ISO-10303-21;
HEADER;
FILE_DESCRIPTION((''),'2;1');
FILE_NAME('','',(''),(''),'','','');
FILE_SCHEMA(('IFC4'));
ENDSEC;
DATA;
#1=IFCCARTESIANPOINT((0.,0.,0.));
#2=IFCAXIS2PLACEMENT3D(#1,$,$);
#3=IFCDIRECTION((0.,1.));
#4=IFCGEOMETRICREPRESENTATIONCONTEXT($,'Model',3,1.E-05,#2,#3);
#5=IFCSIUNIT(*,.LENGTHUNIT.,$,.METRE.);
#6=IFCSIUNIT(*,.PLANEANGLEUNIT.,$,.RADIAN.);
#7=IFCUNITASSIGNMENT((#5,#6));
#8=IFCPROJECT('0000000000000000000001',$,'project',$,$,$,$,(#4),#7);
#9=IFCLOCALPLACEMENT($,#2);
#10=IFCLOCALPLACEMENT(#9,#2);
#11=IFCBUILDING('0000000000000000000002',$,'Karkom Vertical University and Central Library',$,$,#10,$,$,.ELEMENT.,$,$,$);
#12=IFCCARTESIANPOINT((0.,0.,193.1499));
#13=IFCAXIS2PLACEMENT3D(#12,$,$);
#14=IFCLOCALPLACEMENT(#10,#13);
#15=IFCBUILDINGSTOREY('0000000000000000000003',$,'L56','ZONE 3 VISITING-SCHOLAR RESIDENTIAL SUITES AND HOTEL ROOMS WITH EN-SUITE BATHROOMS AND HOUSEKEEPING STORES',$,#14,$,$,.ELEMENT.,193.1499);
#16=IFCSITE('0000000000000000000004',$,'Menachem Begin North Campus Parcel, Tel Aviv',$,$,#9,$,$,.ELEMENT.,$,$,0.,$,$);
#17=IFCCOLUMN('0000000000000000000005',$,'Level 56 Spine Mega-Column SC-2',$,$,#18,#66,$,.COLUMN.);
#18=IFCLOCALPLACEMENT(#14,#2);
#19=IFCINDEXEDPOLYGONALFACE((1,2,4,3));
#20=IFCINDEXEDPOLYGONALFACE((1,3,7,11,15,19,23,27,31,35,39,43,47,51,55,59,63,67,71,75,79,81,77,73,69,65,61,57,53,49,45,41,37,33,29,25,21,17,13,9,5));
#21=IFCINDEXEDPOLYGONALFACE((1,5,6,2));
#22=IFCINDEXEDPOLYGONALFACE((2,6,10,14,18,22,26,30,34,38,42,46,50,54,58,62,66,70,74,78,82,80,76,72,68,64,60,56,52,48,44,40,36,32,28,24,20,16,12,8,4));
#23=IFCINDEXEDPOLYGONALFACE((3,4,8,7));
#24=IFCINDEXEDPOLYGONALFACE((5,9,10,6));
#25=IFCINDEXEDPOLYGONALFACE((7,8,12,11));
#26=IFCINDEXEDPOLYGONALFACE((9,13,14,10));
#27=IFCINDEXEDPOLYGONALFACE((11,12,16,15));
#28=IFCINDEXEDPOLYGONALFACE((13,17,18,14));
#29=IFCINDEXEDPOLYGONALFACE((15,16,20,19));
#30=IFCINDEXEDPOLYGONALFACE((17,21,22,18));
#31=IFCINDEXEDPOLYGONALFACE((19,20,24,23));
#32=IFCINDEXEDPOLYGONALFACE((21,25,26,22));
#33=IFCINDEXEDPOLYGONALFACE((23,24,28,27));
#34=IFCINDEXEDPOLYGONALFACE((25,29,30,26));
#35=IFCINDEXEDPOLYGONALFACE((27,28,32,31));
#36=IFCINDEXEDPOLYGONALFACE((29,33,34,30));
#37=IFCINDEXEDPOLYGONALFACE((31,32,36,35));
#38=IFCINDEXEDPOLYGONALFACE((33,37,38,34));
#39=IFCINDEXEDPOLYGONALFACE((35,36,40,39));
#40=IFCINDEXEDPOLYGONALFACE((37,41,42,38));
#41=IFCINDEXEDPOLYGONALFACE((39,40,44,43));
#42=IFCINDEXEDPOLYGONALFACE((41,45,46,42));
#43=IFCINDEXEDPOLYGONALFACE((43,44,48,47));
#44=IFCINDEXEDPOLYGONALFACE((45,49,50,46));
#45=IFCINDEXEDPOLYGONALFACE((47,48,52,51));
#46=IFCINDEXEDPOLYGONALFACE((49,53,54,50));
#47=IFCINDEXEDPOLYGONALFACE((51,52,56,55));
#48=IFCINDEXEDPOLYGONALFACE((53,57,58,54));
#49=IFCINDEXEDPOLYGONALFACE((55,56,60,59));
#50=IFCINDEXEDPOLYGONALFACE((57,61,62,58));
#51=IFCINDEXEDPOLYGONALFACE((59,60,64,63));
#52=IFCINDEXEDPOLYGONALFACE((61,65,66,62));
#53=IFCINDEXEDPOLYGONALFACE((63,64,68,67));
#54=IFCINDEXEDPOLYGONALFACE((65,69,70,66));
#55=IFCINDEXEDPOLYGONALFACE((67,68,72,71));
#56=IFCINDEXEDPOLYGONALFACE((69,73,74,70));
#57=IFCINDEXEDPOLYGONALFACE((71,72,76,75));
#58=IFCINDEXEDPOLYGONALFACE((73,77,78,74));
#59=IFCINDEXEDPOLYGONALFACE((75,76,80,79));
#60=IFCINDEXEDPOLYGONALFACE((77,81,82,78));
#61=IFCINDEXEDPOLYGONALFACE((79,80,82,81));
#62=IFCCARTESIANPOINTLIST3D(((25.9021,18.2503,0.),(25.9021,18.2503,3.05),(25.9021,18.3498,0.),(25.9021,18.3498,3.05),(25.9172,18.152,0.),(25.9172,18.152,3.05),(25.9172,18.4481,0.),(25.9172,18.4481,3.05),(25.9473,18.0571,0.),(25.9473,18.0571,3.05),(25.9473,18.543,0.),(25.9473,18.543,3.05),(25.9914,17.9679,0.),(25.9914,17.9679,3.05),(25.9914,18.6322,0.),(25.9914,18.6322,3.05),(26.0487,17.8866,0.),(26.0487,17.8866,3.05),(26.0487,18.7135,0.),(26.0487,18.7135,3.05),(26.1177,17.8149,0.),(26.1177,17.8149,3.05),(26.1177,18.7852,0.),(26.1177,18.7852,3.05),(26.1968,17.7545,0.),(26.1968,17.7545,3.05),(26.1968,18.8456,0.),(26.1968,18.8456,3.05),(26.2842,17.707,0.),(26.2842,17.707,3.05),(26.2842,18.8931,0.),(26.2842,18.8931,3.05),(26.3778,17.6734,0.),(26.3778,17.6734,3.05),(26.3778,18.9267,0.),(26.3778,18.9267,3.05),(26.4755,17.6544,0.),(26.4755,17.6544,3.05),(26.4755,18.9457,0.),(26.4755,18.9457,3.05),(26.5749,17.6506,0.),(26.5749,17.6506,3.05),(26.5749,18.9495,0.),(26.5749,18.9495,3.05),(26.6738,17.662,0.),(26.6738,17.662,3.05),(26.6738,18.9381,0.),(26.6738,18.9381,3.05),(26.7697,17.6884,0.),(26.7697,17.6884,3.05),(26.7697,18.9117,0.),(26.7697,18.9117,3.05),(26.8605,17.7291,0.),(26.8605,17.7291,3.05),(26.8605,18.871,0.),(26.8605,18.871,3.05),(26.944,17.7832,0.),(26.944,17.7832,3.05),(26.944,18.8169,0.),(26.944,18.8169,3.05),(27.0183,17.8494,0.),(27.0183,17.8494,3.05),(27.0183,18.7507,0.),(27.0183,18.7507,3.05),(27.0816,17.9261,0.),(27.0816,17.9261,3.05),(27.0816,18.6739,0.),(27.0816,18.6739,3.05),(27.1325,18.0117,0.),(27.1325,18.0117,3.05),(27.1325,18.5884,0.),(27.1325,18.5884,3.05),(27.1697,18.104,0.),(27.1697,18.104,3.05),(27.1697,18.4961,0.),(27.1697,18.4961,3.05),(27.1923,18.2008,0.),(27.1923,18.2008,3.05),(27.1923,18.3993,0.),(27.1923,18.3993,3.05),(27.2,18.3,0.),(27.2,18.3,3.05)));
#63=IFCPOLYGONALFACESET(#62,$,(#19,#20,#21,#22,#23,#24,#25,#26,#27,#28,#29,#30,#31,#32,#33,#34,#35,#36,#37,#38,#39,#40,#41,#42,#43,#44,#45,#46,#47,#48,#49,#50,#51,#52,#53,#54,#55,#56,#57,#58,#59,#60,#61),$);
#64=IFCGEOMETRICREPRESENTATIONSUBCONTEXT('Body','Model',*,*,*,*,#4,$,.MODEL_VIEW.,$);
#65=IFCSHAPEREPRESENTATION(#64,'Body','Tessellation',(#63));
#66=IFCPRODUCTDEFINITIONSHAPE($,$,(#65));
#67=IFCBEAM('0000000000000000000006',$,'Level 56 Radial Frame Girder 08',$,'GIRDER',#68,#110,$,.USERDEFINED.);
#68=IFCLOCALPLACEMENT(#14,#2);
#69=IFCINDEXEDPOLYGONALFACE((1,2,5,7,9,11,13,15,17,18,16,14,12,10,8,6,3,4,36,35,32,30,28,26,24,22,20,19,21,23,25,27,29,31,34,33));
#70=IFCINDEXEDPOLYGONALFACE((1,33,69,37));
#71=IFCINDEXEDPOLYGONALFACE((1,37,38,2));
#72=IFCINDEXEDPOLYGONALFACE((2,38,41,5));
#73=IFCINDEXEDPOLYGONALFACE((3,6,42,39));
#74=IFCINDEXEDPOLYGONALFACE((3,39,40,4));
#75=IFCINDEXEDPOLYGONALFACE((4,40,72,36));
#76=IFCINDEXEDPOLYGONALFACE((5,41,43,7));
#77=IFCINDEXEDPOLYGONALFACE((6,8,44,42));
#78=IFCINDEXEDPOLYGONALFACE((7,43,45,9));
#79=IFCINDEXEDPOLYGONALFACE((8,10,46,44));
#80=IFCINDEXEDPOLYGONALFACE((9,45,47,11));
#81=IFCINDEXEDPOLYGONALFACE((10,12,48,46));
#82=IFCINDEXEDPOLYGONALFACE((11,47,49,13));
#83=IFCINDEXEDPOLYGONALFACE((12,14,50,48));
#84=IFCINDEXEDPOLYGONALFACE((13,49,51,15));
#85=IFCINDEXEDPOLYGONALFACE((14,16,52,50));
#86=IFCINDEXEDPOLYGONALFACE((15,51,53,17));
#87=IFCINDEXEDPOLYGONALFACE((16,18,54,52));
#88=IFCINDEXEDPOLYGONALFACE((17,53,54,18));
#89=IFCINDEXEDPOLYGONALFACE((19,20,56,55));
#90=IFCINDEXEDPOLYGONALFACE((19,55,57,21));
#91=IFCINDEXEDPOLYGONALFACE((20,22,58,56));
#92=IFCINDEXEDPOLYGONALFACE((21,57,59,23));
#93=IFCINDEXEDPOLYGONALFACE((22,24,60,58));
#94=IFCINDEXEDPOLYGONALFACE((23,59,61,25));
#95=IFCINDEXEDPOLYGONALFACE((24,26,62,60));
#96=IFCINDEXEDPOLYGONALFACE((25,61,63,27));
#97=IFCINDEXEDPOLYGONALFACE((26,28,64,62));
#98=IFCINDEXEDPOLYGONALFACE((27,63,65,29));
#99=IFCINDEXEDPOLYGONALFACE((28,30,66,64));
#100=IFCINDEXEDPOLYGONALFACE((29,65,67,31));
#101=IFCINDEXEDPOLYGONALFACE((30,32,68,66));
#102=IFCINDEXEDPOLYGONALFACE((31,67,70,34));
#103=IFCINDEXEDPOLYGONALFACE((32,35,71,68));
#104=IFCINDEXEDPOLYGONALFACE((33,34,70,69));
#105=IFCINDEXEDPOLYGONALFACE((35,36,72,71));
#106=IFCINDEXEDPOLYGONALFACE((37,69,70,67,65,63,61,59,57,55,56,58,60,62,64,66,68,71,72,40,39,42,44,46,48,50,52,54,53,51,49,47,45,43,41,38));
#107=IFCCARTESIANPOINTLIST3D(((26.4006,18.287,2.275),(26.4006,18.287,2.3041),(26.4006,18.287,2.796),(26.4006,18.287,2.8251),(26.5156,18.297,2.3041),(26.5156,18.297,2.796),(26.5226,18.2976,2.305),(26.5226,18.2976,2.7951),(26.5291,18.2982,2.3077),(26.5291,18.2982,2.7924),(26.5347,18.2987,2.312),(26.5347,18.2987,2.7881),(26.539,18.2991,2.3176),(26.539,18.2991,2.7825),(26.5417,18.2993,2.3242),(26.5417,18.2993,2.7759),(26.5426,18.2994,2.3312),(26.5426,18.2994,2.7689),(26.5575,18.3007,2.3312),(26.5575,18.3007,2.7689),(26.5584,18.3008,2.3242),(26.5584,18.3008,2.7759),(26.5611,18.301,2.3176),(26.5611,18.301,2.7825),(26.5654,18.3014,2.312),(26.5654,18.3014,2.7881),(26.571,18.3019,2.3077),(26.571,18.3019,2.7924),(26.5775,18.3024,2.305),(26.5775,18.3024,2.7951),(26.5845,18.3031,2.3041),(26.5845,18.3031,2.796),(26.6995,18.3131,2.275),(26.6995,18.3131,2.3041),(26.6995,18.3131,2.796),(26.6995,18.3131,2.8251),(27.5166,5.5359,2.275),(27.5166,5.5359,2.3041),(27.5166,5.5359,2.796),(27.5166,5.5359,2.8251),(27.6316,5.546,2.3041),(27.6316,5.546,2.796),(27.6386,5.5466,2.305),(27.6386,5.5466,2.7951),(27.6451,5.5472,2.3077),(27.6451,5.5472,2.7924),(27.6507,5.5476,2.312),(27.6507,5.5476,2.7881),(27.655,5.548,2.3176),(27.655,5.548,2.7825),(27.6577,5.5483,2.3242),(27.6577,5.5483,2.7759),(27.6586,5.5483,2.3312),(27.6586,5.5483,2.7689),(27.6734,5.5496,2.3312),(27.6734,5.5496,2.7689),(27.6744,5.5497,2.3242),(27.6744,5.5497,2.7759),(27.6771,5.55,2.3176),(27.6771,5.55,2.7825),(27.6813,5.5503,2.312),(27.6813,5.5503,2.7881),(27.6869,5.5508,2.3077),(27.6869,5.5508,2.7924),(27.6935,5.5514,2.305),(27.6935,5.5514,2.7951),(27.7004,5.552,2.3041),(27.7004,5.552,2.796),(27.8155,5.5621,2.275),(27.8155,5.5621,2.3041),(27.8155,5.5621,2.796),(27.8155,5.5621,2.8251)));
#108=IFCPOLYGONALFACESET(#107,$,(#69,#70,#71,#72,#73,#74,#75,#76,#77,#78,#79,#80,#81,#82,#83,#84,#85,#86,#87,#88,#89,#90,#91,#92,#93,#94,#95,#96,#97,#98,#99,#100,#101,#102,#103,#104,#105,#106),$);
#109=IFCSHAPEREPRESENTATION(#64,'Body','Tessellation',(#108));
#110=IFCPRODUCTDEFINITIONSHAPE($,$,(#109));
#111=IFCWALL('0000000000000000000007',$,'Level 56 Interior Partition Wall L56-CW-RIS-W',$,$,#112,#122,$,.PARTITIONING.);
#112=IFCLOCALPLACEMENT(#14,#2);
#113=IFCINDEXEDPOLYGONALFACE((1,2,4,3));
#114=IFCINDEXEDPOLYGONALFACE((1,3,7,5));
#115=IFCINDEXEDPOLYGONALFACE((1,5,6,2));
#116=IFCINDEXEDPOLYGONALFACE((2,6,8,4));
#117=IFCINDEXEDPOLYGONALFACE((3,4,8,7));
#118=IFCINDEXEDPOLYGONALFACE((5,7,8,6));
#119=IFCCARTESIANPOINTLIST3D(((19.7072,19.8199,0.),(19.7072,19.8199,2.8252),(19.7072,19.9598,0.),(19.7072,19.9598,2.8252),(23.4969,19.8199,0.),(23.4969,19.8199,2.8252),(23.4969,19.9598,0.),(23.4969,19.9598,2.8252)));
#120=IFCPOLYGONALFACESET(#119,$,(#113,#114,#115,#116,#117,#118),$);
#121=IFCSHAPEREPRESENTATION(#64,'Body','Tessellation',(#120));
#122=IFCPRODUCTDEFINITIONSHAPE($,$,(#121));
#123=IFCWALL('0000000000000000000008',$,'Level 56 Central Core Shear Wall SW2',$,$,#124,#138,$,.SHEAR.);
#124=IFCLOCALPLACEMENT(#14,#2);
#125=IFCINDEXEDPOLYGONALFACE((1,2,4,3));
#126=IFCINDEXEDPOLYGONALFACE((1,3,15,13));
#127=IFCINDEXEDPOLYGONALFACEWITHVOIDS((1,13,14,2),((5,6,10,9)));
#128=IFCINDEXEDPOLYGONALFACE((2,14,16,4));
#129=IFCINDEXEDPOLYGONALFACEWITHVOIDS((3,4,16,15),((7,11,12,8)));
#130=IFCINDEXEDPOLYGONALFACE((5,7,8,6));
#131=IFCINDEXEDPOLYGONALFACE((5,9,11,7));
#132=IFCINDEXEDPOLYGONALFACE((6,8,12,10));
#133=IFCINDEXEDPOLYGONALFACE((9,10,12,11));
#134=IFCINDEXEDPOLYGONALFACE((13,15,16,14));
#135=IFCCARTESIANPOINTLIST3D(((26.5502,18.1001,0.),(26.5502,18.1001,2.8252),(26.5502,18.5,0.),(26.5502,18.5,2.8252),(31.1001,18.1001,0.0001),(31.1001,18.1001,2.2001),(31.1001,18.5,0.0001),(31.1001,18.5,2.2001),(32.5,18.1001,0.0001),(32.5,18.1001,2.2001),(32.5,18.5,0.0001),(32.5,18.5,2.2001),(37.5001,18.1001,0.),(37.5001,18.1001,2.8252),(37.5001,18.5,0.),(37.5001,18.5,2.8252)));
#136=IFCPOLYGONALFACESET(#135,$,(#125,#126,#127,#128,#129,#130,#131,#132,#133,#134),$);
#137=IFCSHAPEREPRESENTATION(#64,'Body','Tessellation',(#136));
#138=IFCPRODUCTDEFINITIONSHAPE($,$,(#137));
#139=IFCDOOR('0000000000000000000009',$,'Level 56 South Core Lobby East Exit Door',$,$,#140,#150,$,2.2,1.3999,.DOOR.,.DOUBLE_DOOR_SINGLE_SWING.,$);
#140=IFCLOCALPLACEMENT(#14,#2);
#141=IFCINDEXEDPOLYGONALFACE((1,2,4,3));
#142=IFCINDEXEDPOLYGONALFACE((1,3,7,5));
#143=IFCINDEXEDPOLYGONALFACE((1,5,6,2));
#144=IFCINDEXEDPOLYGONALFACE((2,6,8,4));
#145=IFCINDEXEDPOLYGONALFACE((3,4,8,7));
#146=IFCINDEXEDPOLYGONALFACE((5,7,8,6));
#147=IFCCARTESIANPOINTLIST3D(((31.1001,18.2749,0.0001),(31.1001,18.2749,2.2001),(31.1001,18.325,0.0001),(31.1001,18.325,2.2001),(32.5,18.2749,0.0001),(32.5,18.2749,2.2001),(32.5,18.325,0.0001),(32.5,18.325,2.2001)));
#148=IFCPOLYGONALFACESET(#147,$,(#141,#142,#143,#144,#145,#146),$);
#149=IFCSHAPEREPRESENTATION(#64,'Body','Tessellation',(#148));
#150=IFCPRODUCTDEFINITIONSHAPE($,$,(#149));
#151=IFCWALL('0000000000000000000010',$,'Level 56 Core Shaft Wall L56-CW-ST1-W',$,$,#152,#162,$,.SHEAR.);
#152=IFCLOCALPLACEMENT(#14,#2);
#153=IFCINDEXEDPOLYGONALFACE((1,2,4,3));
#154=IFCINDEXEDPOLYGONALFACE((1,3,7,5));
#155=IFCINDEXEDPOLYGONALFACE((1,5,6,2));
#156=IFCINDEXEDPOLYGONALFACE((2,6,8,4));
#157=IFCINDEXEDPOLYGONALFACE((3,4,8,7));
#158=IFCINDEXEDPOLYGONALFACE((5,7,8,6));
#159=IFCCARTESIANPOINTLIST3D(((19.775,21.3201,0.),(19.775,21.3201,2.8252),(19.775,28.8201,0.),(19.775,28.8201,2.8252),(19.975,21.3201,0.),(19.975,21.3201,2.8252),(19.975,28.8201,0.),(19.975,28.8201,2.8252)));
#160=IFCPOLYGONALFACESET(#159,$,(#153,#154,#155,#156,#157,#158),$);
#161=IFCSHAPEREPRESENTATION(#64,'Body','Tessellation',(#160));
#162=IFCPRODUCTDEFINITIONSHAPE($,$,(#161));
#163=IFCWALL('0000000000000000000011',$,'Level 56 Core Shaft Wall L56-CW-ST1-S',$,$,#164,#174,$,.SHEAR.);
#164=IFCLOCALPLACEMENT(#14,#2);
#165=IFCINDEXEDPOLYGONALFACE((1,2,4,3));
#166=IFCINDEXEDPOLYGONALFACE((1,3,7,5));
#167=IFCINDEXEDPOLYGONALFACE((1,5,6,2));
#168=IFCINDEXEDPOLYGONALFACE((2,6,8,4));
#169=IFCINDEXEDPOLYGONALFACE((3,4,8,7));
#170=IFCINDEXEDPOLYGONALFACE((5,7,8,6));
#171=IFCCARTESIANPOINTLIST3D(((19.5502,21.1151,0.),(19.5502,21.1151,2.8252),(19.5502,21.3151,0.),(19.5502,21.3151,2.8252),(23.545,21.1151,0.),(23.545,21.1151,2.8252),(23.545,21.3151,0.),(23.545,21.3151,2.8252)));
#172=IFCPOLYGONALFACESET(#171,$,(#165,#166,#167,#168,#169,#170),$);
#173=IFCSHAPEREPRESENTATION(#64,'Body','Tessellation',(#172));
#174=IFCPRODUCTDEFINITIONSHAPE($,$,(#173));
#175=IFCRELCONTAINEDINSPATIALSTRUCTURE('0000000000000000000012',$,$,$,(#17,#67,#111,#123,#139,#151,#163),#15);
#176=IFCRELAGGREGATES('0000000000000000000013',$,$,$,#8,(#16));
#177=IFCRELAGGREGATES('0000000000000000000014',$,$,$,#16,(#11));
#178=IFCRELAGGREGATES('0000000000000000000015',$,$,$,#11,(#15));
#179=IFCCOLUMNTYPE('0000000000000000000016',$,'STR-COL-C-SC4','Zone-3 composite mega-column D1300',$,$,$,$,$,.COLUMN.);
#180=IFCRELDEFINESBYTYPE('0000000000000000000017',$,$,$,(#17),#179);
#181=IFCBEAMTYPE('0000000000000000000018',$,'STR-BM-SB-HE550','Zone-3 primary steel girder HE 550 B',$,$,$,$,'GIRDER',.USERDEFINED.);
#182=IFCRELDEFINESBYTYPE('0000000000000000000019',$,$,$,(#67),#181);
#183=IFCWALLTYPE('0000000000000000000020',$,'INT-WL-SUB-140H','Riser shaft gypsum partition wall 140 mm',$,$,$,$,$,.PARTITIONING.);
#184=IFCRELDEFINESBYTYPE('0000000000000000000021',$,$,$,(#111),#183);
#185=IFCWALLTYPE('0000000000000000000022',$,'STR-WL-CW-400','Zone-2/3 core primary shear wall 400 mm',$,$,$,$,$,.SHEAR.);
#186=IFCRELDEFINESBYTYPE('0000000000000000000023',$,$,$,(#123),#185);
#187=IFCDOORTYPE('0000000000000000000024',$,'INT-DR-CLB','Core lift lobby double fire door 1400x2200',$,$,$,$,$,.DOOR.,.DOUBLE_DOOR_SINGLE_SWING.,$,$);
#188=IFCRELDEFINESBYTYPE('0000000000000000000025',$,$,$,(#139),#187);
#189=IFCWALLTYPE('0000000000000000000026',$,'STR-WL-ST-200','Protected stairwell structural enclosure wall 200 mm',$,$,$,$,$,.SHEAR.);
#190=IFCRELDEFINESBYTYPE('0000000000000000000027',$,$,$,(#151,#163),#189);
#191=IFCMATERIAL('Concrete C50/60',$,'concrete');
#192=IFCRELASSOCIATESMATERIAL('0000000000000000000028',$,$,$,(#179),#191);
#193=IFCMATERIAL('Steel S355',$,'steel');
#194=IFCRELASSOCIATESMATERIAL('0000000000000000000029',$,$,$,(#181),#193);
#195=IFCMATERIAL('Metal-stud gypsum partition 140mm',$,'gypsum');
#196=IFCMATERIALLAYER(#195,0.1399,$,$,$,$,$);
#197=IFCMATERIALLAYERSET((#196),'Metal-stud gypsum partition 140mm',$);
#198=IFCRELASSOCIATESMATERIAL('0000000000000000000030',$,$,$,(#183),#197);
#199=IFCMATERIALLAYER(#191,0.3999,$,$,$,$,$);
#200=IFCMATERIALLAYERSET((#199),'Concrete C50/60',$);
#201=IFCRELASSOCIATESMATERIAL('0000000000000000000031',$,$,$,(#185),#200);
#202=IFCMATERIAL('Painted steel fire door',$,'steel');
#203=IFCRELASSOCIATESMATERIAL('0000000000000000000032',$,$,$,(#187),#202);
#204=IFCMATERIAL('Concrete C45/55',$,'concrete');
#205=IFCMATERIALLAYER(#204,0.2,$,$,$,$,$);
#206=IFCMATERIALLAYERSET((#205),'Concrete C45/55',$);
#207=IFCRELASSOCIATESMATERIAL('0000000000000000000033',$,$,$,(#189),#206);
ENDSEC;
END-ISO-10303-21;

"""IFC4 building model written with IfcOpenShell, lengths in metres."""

from ifc_helpers import new_model, si_unit, direction, frame, frame_2d, origin, origin_with_axes, origin_2d, place, context, subcontext, project, spatial, rectangle, circle, i_section, extrude, source, transform, mapped, material, layer, layer_set, material_profile, profile_set, type_object, element, fill, save


model = new_model("IFC4")

# Units and contexts
model_context = context("Model", 3, precision=1e-05, world=origin(), true_north=direction((0.0, 1.0)))
body_context = subcontext(model_context, "Body", "Model", "MODEL_VIEW")
ifc_project = project(units=[si_unit("LENGTHUNIT", "METRE"), si_unit("PLANEANGLEUNIT", "RADIAN")], contexts=[model_context])

# Site, building, storey
site_placement = place(None, origin())
site = spatial("IfcSite", under=ifc_project, at=site_placement, Name="Menachem Begin North Campus Parcel, Tel Aviv", CompositionType="ELEMENT", RefElevation=0.0)
building_placement = place(site_placement, origin())
building = spatial("IfcBuilding", under=site, at=building_placement, Name="Karkom Vertical University and Central Library", CompositionType="ELEMENT")
storey_placement = place(building_placement, frame((0.0, 0.0, 193.1499)))
storey = spatial("IfcBuildingStorey", under=building, at=storey_placement, Name="L56", Description="ZONE 3 VISITING-SCHOLAR RESIDENTIAL SUITES AND HOTEL ROOMS WITH EN-SUITE BATHROOMS AND HOUSEKEEPING STORES", CompositionType="ELEMENT", Elevation=193.1499)

# Column
ifc_material_1 = material(Name="Concrete C50/60", Category="concrete")
ifc_material_profile_1 = material_profile(ifc_material_1, circle(Radius=0.6499, at=origin_2d()), Name="CFT-D1300")
ifc_profile_set_1 = profile_set([ifc_material_profile_1], Name="Concrete C50/60")
column_type = type_object("IfcColumnType", Name="STR-COL-C-SC4", Description="Zone-3 composite mega-column D1300", PredefinedType="COLUMN", material=ifc_profile_set_1)
shared_shape_1 = source(origin_with_axes(), body_context, "Body", "SweptSolid", [
    extrude(circle(Radius=0.6499, at=origin_2d()), origin(), (0.0, 0.0, 1.0), 3.05),
])
column_placement = place(storey_placement, frame((26.55, 18.3, 0.0), z_axis=(0.0, 0.0, 1.0), x_axis=(1.0, 0.0, 0.0)))
element("IfcColumn", 1, at=column_placement, inside=storey, type_object=column_type, Name="Level 56 Spine Mega-Column SC-2", PredefinedType="COLUMN", context=body_context, shape_type="MappedRepresentation", body=[
    mapped(shared_shape_1, transform((0.0, 0.0, 0.0), scale=1.0)),
])

# Beam
ifc_material_2 = material(Name="Steel S355", Category="steel")
ifc_material_profile_2 = material_profile(ifc_material_2, i_section(OverallWidth=0.3, OverallDepth=0.55, WebThickness=0.0149, FlangeThickness=0.0291, FilletRadius=0.0271, at=origin_2d()), Name="HE 550 B")
ifc_profile_set_2 = profile_set([ifc_material_profile_2], Name="Steel S355")
beam_type = type_object("IfcBeamType", Name="STR-BM-SB-HE550", Description="Zone-3 primary steel girder HE 550 B", ElementType="GIRDER", PredefinedType="USERDEFINED", material=ifc_profile_set_2)
shared_shape_2 = source(origin_with_axes(), body_context, "Body", "SweptSolid", [
    extrude(i_section(OverallWidth=0.3, OverallDepth=0.55, WebThickness=0.0149, FlangeThickness=0.0291, FilletRadius=0.0271, at=origin_2d()), origin(), (0.0, 0.0, 1.0), 12.7998),
])
beam_placement = place(storey_placement, frame((26.55, 18.3, 2.55), z_axis=(0.087187, -0.996192, 0.0), x_axis=(0.996192, 0.087187, 0.0)))
element("IfcBeam", 2, at=beam_placement, inside=storey, type_object=beam_type, Name="Level 56 Radial Frame Girder 08", ObjectType="GIRDER", PredefinedType="USERDEFINED", context=body_context, shape_type="MappedRepresentation", body=[
    mapped(shared_shape_2, transform((0.0, 0.0, 0.0), scale=1.0)),
])

# Wall
ifc_material_3 = material(Name="Metal-stud gypsum partition 140mm", Category="gypsum")
ifc_layer_1 = layer(ifc_material_3, 0.1399)
ifc_layer_set_1 = layer_set([ifc_layer_1], Name="Metal-stud gypsum partition 140mm")
wall_type_1 = type_object("IfcWallType", Name="INT-WL-SUB-140H", Description="Riser shaft gypsum partition wall 140 mm", PredefinedType="PARTITIONING", material=ifc_layer_set_1)
wall_1_placement = place(storey_placement, frame((19.707, 19.8899, 0.0), z_axis=(0.0, 0.0, 1.0), x_axis=(1.0, 0.0, 0.0)))
element("IfcWall", 3, at=wall_1_placement, inside=storey, type_object=wall_type_1, Name="Level 56 Interior Partition Wall L56-CW-RIS-W", PredefinedType="PARTITIONING", context=body_context, shape_type="SweptSolid", body=[
    extrude(rectangle(XDim=3.7898, YDim=0.1399, at=frame_2d((1.895, 0.0))), origin(), (0.0, 0.0, 1.0), 2.8252),
])

# Wall, opening, door
ifc_layer_2 = layer(ifc_material_1, 0.3999)
ifc_layer_set_2 = layer_set([ifc_layer_2], Name="Concrete C50/60")
wall_type_2 = type_object("IfcWallType", Name="STR-WL-CW-400", Description="Zone-2/3 core primary shear wall 400 mm", PredefinedType="SHEAR", material=ifc_layer_set_2)
wall_2_placement = place(storey_placement, frame((26.55, 18.3, 0.0), z_axis=(0.0, 0.0, 1.0), x_axis=(1.0, 0.0, 0.0)))
wall_2 = element("IfcWall", 4, at=wall_2_placement, inside=storey, type_object=wall_type_2, Name="Level 56 Central Core Shear Wall SW2", PredefinedType="SHEAR", context=body_context, shape_type="SweptSolid", body=[
    extrude(rectangle(XDim=10.95, YDim=0.3999, at=frame_2d((5.4751, 0.0))), origin(), (0.0, 0.0, 1.0), 2.8252),
])
opening_1_placement = place(wall_2_placement, frame((4.55, 0.0, 0.0)))
opening_1 = element("IfcOpeningElement", 5, at=opening_1_placement, cuts=wall_2, PredefinedType="OPENING", context=body_context, shape_type="SweptSolid", body=[
    extrude(rectangle(XDim=1.3999, YDim=2.2, at=frame_2d((0.7, 1.1001))), frame((0.0, 0.21, 0.0), z_axis=(0.0, -1.0, 0.0), x_axis=(1.0, 0.0, 0.0)), (0.0, 0.0, 1.0), 0.4199),
])
ifc_material_4 = material(Name="Painted steel fire door", Category="steel")
door_type_1 = type_object("IfcDoorType", Name="INT-DR-CLB", Description="Core lift lobby double fire door 1400x2200", OperationType="DOUBLE_DOOR_SINGLE_SWING", PredefinedType="DOOR", material=ifc_material_4)
shared_shape_3 = source(origin_with_axes(), body_context, "Body", "SweptSolid", [
    extrude(rectangle(XDim=1.3999, YDim=2.2, at=frame_2d((0.7, 1.1001))), frame((0.0, 0.0249, 0.0), z_axis=(0.0, -1.0, 0.0), x_axis=(1.0, 0.0, 0.0)), (0.0, 0.0, 1.0), 0.05),
])
door_1_placement = place(opening_1_placement, origin())
door_1 = element("IfcDoor", 6, at=door_1_placement, inside=storey, type_object=door_type_1, Name="Level 56 South Core Lobby East Exit Door", OperationType="DOUBLE_DOOR_SINGLE_SWING", OverallHeight=2.2, OverallWidth=1.3999, PredefinedType="DOOR", context=body_context, shape_type="MappedRepresentation", body=[
    mapped(shared_shape_3, transform((0.0, 0.0, 0.0), scale=1.0)),
])
fill(opening_1, door_1)

# Shared definitions
ifc_material_5 = material(Name="Concrete C45/55", Category="concrete")
ifc_layer_3 = layer(ifc_material_5, 0.2)
ifc_layer_set_3 = layer_set([ifc_layer_3], Name="Concrete C45/55")
wall_type_3 = type_object("IfcWallType", Name="STR-WL-ST-200", Description="Protected stairwell structural enclosure wall 200 mm", PredefinedType="SHEAR", material=ifc_layer_set_3)

# Walls
wall_3_placement = place(storey_placement, frame((19.875, 21.3201, 0.0), z_axis=(0.0, 0.0, 1.0), x_axis=(0.0, 1.0, 0.0)))
element("IfcWall", 7, at=wall_3_placement, inside=storey, type_object=wall_type_3, Name="Level 56 Core Shaft Wall L56-CW-ST1-W", PredefinedType="SHEAR", context=body_context, shape_type="SweptSolid", body=[
    extrude(rectangle(XDim=7.5, YDim=0.2, at=frame_2d((3.75, 0.0))), origin(), (0.0, 0.0, 1.0), 2.8252),
])
wall_4_placement = place(storey_placement, frame((19.55, 21.2151, 0.0), z_axis=(0.0, 0.0, 1.0), x_axis=(1.0, 0.0, 0.0)))
element("IfcWall", 8, at=wall_4_placement, inside=storey, type_object=wall_type_3, Name="Level 56 Core Shaft Wall L56-CW-ST1-S", PredefinedType="SHEAR", context=body_context, shape_type="SweptSolid", body=[
    extrude(rectangle(XDim=3.9949, YDim=0.2, at=frame_2d((1.9976, 0.0))), origin(), (0.0, 0.0, 1.0), 2.8252),
])

save(model, "model.ifc")
